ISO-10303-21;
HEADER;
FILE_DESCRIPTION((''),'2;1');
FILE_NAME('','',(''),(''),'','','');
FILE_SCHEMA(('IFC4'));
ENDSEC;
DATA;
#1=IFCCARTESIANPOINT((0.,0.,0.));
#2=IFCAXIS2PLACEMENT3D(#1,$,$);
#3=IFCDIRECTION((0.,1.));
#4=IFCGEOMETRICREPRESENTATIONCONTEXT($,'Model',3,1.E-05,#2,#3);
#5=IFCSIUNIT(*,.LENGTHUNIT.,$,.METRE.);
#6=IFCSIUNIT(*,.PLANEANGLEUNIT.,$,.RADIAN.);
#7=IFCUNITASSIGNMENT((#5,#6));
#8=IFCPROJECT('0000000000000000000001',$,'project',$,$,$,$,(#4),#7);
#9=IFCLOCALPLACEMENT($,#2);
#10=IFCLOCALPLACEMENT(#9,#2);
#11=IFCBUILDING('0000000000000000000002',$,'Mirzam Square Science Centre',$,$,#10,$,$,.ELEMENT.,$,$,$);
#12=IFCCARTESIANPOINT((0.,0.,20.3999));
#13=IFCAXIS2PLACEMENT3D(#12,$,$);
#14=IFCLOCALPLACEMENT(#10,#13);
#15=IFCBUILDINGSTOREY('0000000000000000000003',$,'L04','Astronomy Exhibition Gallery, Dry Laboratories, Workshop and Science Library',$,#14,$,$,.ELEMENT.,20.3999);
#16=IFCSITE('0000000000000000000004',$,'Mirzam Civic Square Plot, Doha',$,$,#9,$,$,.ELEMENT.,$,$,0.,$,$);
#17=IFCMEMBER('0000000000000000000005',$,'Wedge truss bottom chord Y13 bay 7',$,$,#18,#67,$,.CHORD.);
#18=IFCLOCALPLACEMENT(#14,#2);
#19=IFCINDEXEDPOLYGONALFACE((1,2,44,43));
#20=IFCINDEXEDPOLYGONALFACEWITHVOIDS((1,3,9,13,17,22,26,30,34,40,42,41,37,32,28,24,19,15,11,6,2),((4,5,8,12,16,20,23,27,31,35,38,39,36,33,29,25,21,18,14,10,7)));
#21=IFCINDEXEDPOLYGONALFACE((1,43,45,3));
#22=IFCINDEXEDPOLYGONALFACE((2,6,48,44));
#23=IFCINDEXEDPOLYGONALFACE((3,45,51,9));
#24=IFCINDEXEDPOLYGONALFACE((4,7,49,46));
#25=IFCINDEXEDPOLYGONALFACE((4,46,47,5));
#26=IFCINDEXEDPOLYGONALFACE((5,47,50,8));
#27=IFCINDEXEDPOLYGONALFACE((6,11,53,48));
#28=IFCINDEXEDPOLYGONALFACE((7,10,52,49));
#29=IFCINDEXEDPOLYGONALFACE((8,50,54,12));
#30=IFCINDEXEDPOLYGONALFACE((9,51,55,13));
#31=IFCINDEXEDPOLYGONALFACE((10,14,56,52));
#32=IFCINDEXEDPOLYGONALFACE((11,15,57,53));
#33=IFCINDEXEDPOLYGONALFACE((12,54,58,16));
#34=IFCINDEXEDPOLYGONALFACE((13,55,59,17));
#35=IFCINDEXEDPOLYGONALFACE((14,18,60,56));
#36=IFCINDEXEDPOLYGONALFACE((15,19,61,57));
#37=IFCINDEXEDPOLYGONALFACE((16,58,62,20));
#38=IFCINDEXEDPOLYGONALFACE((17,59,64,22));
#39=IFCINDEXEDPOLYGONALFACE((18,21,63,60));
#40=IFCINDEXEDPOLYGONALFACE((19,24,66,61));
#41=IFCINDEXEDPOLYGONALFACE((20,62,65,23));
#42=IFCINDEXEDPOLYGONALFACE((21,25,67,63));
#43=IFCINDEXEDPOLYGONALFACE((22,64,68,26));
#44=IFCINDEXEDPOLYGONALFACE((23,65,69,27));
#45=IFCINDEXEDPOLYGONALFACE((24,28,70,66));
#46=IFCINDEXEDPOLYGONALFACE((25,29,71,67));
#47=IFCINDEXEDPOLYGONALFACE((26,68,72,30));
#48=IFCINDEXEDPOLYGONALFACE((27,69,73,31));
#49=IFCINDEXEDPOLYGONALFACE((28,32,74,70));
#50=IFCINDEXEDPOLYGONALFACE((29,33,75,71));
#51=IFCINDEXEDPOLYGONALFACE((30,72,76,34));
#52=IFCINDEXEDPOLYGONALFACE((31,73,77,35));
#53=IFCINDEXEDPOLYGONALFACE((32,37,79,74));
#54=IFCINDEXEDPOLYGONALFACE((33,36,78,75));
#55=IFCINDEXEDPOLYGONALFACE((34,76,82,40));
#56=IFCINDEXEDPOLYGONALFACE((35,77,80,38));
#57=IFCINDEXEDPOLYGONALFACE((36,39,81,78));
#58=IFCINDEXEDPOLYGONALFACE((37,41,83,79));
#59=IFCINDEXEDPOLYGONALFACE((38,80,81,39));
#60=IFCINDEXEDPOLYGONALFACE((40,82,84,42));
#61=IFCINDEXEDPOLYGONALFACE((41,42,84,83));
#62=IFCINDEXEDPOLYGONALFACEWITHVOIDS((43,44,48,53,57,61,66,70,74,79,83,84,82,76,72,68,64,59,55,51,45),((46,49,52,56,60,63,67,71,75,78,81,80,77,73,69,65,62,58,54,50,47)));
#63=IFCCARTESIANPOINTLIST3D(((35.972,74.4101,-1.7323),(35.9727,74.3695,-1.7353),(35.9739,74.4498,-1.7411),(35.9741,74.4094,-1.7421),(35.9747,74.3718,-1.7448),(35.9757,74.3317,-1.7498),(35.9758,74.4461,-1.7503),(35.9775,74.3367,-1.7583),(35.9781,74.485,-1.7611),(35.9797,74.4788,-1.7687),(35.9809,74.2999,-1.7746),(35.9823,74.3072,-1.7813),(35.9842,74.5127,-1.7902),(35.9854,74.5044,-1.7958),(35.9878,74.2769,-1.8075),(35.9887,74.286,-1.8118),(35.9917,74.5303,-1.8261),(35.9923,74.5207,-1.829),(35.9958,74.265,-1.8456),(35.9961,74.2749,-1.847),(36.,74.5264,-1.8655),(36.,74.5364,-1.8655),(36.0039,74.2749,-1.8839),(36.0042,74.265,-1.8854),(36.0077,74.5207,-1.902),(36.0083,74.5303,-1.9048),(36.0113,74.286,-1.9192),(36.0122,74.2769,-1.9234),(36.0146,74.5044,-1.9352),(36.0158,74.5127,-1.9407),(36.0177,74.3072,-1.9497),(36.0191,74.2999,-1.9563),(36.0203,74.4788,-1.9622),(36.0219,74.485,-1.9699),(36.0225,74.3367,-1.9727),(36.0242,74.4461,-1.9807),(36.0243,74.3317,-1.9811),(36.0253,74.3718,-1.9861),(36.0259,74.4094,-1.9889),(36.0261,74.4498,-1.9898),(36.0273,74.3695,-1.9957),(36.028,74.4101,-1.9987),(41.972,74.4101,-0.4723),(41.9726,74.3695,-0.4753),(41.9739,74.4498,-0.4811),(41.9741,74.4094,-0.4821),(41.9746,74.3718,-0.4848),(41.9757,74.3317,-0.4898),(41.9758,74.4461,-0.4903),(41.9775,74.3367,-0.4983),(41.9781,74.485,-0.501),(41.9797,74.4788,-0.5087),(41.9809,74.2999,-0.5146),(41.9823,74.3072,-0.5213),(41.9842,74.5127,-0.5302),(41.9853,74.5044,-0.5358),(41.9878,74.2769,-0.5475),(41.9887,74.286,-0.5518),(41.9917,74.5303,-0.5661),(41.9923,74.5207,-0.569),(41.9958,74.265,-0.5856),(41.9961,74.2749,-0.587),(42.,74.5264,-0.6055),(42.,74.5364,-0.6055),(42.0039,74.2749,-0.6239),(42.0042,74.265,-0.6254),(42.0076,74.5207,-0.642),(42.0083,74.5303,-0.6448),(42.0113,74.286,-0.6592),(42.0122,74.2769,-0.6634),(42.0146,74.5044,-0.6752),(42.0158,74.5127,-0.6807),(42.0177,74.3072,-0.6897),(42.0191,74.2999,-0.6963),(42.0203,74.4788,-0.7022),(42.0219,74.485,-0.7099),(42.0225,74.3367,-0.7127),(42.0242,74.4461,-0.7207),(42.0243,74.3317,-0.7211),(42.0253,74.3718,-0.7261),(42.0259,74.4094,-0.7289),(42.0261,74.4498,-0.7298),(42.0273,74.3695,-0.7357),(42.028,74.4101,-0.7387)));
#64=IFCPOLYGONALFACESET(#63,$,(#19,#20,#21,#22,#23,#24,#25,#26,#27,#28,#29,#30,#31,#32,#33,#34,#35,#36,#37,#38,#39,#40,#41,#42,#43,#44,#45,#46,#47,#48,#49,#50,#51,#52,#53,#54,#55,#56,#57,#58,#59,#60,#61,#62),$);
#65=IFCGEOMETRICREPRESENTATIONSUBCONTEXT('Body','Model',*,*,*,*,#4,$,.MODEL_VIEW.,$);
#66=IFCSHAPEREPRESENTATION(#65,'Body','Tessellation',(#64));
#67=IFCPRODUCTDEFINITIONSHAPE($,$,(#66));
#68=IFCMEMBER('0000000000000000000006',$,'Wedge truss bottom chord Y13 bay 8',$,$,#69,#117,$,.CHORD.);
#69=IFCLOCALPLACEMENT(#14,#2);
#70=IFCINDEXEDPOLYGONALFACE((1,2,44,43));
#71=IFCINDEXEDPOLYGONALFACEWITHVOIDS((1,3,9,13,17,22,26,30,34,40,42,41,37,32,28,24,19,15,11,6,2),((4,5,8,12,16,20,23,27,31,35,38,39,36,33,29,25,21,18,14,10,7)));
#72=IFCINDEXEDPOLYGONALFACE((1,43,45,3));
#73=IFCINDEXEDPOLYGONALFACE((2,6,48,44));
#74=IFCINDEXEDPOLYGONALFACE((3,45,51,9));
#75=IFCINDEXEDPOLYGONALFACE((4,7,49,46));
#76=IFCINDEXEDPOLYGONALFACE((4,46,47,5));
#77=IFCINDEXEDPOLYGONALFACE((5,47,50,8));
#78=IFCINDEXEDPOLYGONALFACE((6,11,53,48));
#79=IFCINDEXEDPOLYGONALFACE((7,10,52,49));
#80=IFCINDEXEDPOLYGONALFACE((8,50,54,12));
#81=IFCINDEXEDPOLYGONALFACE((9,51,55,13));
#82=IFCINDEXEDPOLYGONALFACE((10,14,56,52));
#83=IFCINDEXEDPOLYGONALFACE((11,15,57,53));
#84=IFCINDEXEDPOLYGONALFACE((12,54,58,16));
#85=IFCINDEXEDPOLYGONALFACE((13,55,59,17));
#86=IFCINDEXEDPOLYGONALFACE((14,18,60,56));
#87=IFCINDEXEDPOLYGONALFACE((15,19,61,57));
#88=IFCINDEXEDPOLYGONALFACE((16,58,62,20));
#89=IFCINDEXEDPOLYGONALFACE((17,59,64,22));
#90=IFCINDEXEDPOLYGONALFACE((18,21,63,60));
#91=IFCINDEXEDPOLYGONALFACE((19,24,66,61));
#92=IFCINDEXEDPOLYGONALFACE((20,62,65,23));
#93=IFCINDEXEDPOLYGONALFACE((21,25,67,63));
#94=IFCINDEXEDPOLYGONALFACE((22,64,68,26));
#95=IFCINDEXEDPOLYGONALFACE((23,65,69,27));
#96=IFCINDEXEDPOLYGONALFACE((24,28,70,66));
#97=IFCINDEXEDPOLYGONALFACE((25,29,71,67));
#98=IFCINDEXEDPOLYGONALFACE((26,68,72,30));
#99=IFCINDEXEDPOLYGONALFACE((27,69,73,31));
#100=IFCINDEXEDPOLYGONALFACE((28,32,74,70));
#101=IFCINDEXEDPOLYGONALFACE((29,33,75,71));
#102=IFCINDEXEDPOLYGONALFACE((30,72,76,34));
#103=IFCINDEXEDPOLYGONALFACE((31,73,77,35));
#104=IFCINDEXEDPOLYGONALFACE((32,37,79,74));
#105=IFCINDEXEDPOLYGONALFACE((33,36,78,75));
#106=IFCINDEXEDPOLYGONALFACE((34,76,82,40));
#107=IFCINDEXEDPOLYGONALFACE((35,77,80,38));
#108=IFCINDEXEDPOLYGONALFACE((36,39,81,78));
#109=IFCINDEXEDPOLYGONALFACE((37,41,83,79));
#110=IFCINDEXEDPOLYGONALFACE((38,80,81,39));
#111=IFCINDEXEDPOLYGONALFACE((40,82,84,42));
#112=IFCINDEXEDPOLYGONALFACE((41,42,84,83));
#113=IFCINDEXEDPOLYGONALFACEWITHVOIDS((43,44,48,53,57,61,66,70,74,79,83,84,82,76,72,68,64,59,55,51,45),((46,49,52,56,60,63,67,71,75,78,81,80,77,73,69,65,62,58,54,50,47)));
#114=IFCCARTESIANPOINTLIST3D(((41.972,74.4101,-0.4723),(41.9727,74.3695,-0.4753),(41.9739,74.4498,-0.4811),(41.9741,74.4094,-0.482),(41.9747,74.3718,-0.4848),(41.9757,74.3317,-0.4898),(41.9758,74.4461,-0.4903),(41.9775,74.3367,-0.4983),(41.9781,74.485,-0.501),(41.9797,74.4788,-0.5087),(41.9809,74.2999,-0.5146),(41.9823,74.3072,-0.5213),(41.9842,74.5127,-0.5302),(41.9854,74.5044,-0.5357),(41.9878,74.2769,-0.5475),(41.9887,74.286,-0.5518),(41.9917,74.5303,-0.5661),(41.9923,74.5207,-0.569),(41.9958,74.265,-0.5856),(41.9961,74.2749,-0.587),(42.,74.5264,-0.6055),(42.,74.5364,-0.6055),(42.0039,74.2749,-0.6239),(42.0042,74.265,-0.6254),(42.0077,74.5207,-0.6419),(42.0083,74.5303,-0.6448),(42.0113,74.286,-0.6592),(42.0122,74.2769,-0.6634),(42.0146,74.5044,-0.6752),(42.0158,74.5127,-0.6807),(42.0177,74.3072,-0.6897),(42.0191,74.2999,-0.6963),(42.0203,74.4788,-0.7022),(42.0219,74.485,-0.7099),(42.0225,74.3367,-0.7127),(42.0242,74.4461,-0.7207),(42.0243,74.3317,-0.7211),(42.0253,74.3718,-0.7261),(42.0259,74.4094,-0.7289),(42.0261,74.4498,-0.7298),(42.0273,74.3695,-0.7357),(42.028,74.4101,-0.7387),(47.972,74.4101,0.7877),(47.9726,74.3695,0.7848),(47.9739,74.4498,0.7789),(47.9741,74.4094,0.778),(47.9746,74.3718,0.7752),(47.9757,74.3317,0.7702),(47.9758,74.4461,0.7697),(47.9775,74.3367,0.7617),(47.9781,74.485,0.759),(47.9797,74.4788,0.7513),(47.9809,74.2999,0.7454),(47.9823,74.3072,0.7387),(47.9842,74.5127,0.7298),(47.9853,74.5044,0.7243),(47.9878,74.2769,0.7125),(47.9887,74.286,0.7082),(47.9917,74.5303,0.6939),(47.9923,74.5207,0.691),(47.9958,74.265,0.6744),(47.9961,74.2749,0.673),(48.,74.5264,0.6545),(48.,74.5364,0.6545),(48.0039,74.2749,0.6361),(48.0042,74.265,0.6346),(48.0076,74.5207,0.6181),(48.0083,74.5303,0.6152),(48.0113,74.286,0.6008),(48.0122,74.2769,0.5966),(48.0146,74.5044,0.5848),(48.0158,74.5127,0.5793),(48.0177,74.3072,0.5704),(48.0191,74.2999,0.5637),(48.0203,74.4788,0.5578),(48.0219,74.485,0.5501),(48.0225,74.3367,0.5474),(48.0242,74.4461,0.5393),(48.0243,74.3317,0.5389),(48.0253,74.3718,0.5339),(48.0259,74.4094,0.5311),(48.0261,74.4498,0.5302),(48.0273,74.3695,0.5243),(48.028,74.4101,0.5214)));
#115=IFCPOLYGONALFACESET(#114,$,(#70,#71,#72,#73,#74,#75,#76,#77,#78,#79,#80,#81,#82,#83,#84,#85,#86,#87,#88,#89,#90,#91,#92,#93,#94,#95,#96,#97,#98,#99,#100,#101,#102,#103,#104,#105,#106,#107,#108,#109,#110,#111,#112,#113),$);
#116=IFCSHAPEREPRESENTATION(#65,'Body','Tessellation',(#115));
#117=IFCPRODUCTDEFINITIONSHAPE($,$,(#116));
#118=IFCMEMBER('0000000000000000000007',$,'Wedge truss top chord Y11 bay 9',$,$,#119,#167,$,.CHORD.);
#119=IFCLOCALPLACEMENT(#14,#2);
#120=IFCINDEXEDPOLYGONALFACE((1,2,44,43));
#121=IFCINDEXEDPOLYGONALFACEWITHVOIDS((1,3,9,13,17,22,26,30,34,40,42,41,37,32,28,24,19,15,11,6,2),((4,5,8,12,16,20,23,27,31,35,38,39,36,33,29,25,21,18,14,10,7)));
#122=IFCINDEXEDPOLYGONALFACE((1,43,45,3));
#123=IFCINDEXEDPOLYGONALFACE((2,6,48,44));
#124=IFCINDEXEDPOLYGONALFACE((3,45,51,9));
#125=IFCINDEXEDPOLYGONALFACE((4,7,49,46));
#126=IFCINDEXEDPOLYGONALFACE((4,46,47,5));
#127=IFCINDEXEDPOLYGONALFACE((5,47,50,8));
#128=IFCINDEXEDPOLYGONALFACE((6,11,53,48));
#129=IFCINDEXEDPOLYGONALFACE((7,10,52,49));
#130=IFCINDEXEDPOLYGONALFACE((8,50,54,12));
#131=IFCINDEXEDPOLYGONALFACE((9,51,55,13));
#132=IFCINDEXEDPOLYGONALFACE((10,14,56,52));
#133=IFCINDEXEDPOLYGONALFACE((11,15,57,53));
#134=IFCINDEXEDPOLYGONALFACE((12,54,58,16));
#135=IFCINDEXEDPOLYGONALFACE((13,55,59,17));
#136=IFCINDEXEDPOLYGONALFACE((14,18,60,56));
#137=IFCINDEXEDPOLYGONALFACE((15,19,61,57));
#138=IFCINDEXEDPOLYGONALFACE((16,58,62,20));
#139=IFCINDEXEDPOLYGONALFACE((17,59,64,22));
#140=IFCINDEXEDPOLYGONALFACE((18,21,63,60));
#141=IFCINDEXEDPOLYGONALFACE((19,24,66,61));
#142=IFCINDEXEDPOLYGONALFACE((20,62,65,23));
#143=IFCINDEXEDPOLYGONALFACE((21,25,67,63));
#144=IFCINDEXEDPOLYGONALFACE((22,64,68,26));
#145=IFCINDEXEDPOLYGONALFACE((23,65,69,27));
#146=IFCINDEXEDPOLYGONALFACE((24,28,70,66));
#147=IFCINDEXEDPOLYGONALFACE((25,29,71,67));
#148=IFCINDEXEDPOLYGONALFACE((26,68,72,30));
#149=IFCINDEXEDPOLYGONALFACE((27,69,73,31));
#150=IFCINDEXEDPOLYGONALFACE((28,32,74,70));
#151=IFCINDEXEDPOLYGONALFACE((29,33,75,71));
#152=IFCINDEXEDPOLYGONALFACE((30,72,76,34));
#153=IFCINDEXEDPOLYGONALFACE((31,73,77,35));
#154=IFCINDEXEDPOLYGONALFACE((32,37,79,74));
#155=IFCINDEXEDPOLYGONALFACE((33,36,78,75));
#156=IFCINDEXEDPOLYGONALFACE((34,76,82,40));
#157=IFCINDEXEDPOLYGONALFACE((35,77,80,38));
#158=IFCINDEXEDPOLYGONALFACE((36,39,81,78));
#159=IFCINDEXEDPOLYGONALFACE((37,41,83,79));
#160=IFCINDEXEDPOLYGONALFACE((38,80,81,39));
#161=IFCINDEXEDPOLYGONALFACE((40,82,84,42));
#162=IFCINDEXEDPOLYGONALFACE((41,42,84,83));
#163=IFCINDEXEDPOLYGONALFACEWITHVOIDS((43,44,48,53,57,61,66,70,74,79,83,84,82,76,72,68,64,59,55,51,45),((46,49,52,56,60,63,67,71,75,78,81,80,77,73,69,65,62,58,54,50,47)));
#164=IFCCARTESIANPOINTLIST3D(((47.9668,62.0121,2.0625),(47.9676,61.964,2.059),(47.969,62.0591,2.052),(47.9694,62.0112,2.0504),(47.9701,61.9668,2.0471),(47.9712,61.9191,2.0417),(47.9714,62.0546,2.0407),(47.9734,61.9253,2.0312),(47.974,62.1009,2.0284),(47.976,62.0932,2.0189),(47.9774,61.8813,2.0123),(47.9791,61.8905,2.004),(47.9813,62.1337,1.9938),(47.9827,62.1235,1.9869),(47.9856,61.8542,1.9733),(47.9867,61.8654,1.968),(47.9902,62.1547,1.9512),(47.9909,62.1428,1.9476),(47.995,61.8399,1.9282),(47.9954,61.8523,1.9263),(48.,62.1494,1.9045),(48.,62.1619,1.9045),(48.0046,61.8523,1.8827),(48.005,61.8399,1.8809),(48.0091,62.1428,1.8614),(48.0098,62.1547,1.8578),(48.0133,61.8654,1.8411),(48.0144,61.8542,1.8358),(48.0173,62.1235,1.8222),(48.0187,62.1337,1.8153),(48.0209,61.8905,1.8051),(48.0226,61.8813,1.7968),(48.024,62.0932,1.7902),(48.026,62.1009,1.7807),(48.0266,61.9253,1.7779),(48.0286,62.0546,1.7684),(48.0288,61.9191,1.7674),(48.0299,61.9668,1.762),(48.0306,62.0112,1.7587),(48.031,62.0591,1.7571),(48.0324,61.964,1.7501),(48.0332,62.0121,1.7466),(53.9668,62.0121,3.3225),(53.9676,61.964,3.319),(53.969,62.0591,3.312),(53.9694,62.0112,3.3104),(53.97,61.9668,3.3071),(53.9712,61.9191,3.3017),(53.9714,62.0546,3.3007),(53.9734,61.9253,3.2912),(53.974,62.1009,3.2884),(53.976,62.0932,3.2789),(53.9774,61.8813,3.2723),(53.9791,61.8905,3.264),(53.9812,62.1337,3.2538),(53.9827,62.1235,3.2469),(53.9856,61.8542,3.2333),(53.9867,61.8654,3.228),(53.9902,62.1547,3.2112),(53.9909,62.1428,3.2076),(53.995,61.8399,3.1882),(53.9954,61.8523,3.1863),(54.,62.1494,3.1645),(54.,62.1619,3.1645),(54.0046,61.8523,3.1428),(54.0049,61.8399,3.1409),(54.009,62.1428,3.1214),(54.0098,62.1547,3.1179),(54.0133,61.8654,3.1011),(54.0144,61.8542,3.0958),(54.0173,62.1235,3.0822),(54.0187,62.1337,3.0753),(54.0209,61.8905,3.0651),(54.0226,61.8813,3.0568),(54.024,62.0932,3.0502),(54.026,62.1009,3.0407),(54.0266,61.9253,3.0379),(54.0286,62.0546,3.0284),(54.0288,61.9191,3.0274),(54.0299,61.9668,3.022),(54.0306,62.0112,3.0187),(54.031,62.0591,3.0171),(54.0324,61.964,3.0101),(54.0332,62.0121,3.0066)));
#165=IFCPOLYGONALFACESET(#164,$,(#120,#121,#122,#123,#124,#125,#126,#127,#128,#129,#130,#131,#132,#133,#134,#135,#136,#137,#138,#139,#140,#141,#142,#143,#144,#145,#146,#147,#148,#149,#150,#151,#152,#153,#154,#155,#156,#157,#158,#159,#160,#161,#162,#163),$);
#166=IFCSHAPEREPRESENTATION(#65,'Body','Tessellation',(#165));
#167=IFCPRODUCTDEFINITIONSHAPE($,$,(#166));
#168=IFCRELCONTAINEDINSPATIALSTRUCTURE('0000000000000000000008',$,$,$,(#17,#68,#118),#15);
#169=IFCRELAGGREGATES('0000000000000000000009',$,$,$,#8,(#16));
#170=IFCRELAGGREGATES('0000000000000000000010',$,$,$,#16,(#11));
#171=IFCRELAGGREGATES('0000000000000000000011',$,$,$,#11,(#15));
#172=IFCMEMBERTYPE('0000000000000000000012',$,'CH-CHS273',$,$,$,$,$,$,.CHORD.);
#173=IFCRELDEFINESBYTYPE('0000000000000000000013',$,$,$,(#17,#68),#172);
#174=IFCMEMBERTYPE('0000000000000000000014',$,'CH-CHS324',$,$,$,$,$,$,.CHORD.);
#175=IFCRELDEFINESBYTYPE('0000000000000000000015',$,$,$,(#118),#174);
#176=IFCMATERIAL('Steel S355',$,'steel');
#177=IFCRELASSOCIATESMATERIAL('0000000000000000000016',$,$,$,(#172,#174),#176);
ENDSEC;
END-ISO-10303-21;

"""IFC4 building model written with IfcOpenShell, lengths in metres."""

from ifc_helpers import new_model, si_unit, direction, frame, origin, origin_2d, place, context, subcontext, project, spatial, hollow_circle, extrude, material, material_profile, profile_set, type_object, element, save


model = new_model("IFC4")

# Units and contexts
model_context = context("Model", 3, precision=1e-05, world=origin(), true_north=direction((0.0, 1.0)))
body_context = subcontext(model_context, "Body", "Model", "MODEL_VIEW")
ifc_project = project(units=[si_unit("LENGTHUNIT", "METRE"), si_unit("PLANEANGLEUNIT", "RADIAN")], contexts=[model_context])

# Site, building, storey
site_placement = place(None, origin())
site = spatial("IfcSite", under=ifc_project, at=site_placement, Name="Mirzam Civic Square Plot, Doha", CompositionType="ELEMENT", RefElevation=0.0)
building_placement = place(site_placement, origin())
building = spatial("IfcBuilding", under=site, at=building_placement, Name="Mirzam Square Science Centre", CompositionType="ELEMENT")
storey_placement = place(building_placement, frame((0.0, 0.0, 20.3999)))
storey = spatial("IfcBuildingStorey", under=building, at=storey_placement, Name="L04", Description="Astronomy Exhibition Gallery, Dry Laboratories, Workshop and Science Library", CompositionType="ELEMENT", Elevation=20.3999)

# Members
ifc_material = material(Name="Steel S355", Category="steel")
ifc_material_profile_1 = material_profile(ifc_material, hollow_circle(Radius=0.1365, WallThickness=0.01, at=origin_2d()), Name="273.0x10.0CHS")
ifc_profile_set_1 = profile_set([ifc_material_profile_1], Name="Steel S355")
member_type_1 = type_object("IfcMemberType", Name="CH-CHS273", PredefinedType="CHORD", material=ifc_profile_set_1)
for number, where, z_axis, x_axis, name in (
    (1, (36.0, 74.3999, -1.8655), (0.978653, 0.0, 0.205519), (0.0, 1.0, 0.0), "Wedge truss bottom chord Y13 bay 7"),
    (2, (42.0, 74.3999, -0.6055), (0.978653, 0.0, 0.205519), (0.0, 1.0, 0.0), "Wedge truss bottom chord Y13 bay 8"),
):
    element("IfcMember", number, at=place(storey_placement, frame(where, z_axis=z_axis, x_axis=x_axis)), inside=storey, type_object=member_type_1, Name=name, PredefinedType="CHORD", context=body_context, shape_type="SweptSolid", body=[
        extrude(hollow_circle(Radius=0.1365, WallThickness=0.01, at=origin_2d()), origin(), (0.0, 0.0, 1.0), 6.1309),
    ])
ifc_material_profile_2 = material_profile(ifc_material, hollow_circle(Radius=0.1619, WallThickness=0.0125, at=origin_2d()), Name="323.9x12.5CHS")
ifc_profile_set_2 = profile_set([ifc_material_profile_2], Name="Steel S355")
member_type_2 = type_object("IfcMemberType", Name="CH-CHS324", PredefinedType="CHORD", material=ifc_profile_set_2)
for number, where, z_axis, x_axis, name in (
    (3, (48.0, 62.0, 1.9045), (0.978653, 0.0, 0.205519), (0.0, 1.0, 0.0), "Wedge truss top chord Y11 bay 9"),
):
    element("IfcMember", number, at=place(storey_placement, frame(where, z_axis=z_axis, x_axis=x_axis)), inside=storey, type_object=member_type_2, Name=name, PredefinedType="CHORD", context=body_context, shape_type="SweptSolid", body=[
        extrude(hollow_circle(Radius=0.1619, WallThickness=0.0125, at=origin_2d()), origin(), (0.0, 0.0, 1.0), 6.1309),
    ])

save(model, "model.ifc")
